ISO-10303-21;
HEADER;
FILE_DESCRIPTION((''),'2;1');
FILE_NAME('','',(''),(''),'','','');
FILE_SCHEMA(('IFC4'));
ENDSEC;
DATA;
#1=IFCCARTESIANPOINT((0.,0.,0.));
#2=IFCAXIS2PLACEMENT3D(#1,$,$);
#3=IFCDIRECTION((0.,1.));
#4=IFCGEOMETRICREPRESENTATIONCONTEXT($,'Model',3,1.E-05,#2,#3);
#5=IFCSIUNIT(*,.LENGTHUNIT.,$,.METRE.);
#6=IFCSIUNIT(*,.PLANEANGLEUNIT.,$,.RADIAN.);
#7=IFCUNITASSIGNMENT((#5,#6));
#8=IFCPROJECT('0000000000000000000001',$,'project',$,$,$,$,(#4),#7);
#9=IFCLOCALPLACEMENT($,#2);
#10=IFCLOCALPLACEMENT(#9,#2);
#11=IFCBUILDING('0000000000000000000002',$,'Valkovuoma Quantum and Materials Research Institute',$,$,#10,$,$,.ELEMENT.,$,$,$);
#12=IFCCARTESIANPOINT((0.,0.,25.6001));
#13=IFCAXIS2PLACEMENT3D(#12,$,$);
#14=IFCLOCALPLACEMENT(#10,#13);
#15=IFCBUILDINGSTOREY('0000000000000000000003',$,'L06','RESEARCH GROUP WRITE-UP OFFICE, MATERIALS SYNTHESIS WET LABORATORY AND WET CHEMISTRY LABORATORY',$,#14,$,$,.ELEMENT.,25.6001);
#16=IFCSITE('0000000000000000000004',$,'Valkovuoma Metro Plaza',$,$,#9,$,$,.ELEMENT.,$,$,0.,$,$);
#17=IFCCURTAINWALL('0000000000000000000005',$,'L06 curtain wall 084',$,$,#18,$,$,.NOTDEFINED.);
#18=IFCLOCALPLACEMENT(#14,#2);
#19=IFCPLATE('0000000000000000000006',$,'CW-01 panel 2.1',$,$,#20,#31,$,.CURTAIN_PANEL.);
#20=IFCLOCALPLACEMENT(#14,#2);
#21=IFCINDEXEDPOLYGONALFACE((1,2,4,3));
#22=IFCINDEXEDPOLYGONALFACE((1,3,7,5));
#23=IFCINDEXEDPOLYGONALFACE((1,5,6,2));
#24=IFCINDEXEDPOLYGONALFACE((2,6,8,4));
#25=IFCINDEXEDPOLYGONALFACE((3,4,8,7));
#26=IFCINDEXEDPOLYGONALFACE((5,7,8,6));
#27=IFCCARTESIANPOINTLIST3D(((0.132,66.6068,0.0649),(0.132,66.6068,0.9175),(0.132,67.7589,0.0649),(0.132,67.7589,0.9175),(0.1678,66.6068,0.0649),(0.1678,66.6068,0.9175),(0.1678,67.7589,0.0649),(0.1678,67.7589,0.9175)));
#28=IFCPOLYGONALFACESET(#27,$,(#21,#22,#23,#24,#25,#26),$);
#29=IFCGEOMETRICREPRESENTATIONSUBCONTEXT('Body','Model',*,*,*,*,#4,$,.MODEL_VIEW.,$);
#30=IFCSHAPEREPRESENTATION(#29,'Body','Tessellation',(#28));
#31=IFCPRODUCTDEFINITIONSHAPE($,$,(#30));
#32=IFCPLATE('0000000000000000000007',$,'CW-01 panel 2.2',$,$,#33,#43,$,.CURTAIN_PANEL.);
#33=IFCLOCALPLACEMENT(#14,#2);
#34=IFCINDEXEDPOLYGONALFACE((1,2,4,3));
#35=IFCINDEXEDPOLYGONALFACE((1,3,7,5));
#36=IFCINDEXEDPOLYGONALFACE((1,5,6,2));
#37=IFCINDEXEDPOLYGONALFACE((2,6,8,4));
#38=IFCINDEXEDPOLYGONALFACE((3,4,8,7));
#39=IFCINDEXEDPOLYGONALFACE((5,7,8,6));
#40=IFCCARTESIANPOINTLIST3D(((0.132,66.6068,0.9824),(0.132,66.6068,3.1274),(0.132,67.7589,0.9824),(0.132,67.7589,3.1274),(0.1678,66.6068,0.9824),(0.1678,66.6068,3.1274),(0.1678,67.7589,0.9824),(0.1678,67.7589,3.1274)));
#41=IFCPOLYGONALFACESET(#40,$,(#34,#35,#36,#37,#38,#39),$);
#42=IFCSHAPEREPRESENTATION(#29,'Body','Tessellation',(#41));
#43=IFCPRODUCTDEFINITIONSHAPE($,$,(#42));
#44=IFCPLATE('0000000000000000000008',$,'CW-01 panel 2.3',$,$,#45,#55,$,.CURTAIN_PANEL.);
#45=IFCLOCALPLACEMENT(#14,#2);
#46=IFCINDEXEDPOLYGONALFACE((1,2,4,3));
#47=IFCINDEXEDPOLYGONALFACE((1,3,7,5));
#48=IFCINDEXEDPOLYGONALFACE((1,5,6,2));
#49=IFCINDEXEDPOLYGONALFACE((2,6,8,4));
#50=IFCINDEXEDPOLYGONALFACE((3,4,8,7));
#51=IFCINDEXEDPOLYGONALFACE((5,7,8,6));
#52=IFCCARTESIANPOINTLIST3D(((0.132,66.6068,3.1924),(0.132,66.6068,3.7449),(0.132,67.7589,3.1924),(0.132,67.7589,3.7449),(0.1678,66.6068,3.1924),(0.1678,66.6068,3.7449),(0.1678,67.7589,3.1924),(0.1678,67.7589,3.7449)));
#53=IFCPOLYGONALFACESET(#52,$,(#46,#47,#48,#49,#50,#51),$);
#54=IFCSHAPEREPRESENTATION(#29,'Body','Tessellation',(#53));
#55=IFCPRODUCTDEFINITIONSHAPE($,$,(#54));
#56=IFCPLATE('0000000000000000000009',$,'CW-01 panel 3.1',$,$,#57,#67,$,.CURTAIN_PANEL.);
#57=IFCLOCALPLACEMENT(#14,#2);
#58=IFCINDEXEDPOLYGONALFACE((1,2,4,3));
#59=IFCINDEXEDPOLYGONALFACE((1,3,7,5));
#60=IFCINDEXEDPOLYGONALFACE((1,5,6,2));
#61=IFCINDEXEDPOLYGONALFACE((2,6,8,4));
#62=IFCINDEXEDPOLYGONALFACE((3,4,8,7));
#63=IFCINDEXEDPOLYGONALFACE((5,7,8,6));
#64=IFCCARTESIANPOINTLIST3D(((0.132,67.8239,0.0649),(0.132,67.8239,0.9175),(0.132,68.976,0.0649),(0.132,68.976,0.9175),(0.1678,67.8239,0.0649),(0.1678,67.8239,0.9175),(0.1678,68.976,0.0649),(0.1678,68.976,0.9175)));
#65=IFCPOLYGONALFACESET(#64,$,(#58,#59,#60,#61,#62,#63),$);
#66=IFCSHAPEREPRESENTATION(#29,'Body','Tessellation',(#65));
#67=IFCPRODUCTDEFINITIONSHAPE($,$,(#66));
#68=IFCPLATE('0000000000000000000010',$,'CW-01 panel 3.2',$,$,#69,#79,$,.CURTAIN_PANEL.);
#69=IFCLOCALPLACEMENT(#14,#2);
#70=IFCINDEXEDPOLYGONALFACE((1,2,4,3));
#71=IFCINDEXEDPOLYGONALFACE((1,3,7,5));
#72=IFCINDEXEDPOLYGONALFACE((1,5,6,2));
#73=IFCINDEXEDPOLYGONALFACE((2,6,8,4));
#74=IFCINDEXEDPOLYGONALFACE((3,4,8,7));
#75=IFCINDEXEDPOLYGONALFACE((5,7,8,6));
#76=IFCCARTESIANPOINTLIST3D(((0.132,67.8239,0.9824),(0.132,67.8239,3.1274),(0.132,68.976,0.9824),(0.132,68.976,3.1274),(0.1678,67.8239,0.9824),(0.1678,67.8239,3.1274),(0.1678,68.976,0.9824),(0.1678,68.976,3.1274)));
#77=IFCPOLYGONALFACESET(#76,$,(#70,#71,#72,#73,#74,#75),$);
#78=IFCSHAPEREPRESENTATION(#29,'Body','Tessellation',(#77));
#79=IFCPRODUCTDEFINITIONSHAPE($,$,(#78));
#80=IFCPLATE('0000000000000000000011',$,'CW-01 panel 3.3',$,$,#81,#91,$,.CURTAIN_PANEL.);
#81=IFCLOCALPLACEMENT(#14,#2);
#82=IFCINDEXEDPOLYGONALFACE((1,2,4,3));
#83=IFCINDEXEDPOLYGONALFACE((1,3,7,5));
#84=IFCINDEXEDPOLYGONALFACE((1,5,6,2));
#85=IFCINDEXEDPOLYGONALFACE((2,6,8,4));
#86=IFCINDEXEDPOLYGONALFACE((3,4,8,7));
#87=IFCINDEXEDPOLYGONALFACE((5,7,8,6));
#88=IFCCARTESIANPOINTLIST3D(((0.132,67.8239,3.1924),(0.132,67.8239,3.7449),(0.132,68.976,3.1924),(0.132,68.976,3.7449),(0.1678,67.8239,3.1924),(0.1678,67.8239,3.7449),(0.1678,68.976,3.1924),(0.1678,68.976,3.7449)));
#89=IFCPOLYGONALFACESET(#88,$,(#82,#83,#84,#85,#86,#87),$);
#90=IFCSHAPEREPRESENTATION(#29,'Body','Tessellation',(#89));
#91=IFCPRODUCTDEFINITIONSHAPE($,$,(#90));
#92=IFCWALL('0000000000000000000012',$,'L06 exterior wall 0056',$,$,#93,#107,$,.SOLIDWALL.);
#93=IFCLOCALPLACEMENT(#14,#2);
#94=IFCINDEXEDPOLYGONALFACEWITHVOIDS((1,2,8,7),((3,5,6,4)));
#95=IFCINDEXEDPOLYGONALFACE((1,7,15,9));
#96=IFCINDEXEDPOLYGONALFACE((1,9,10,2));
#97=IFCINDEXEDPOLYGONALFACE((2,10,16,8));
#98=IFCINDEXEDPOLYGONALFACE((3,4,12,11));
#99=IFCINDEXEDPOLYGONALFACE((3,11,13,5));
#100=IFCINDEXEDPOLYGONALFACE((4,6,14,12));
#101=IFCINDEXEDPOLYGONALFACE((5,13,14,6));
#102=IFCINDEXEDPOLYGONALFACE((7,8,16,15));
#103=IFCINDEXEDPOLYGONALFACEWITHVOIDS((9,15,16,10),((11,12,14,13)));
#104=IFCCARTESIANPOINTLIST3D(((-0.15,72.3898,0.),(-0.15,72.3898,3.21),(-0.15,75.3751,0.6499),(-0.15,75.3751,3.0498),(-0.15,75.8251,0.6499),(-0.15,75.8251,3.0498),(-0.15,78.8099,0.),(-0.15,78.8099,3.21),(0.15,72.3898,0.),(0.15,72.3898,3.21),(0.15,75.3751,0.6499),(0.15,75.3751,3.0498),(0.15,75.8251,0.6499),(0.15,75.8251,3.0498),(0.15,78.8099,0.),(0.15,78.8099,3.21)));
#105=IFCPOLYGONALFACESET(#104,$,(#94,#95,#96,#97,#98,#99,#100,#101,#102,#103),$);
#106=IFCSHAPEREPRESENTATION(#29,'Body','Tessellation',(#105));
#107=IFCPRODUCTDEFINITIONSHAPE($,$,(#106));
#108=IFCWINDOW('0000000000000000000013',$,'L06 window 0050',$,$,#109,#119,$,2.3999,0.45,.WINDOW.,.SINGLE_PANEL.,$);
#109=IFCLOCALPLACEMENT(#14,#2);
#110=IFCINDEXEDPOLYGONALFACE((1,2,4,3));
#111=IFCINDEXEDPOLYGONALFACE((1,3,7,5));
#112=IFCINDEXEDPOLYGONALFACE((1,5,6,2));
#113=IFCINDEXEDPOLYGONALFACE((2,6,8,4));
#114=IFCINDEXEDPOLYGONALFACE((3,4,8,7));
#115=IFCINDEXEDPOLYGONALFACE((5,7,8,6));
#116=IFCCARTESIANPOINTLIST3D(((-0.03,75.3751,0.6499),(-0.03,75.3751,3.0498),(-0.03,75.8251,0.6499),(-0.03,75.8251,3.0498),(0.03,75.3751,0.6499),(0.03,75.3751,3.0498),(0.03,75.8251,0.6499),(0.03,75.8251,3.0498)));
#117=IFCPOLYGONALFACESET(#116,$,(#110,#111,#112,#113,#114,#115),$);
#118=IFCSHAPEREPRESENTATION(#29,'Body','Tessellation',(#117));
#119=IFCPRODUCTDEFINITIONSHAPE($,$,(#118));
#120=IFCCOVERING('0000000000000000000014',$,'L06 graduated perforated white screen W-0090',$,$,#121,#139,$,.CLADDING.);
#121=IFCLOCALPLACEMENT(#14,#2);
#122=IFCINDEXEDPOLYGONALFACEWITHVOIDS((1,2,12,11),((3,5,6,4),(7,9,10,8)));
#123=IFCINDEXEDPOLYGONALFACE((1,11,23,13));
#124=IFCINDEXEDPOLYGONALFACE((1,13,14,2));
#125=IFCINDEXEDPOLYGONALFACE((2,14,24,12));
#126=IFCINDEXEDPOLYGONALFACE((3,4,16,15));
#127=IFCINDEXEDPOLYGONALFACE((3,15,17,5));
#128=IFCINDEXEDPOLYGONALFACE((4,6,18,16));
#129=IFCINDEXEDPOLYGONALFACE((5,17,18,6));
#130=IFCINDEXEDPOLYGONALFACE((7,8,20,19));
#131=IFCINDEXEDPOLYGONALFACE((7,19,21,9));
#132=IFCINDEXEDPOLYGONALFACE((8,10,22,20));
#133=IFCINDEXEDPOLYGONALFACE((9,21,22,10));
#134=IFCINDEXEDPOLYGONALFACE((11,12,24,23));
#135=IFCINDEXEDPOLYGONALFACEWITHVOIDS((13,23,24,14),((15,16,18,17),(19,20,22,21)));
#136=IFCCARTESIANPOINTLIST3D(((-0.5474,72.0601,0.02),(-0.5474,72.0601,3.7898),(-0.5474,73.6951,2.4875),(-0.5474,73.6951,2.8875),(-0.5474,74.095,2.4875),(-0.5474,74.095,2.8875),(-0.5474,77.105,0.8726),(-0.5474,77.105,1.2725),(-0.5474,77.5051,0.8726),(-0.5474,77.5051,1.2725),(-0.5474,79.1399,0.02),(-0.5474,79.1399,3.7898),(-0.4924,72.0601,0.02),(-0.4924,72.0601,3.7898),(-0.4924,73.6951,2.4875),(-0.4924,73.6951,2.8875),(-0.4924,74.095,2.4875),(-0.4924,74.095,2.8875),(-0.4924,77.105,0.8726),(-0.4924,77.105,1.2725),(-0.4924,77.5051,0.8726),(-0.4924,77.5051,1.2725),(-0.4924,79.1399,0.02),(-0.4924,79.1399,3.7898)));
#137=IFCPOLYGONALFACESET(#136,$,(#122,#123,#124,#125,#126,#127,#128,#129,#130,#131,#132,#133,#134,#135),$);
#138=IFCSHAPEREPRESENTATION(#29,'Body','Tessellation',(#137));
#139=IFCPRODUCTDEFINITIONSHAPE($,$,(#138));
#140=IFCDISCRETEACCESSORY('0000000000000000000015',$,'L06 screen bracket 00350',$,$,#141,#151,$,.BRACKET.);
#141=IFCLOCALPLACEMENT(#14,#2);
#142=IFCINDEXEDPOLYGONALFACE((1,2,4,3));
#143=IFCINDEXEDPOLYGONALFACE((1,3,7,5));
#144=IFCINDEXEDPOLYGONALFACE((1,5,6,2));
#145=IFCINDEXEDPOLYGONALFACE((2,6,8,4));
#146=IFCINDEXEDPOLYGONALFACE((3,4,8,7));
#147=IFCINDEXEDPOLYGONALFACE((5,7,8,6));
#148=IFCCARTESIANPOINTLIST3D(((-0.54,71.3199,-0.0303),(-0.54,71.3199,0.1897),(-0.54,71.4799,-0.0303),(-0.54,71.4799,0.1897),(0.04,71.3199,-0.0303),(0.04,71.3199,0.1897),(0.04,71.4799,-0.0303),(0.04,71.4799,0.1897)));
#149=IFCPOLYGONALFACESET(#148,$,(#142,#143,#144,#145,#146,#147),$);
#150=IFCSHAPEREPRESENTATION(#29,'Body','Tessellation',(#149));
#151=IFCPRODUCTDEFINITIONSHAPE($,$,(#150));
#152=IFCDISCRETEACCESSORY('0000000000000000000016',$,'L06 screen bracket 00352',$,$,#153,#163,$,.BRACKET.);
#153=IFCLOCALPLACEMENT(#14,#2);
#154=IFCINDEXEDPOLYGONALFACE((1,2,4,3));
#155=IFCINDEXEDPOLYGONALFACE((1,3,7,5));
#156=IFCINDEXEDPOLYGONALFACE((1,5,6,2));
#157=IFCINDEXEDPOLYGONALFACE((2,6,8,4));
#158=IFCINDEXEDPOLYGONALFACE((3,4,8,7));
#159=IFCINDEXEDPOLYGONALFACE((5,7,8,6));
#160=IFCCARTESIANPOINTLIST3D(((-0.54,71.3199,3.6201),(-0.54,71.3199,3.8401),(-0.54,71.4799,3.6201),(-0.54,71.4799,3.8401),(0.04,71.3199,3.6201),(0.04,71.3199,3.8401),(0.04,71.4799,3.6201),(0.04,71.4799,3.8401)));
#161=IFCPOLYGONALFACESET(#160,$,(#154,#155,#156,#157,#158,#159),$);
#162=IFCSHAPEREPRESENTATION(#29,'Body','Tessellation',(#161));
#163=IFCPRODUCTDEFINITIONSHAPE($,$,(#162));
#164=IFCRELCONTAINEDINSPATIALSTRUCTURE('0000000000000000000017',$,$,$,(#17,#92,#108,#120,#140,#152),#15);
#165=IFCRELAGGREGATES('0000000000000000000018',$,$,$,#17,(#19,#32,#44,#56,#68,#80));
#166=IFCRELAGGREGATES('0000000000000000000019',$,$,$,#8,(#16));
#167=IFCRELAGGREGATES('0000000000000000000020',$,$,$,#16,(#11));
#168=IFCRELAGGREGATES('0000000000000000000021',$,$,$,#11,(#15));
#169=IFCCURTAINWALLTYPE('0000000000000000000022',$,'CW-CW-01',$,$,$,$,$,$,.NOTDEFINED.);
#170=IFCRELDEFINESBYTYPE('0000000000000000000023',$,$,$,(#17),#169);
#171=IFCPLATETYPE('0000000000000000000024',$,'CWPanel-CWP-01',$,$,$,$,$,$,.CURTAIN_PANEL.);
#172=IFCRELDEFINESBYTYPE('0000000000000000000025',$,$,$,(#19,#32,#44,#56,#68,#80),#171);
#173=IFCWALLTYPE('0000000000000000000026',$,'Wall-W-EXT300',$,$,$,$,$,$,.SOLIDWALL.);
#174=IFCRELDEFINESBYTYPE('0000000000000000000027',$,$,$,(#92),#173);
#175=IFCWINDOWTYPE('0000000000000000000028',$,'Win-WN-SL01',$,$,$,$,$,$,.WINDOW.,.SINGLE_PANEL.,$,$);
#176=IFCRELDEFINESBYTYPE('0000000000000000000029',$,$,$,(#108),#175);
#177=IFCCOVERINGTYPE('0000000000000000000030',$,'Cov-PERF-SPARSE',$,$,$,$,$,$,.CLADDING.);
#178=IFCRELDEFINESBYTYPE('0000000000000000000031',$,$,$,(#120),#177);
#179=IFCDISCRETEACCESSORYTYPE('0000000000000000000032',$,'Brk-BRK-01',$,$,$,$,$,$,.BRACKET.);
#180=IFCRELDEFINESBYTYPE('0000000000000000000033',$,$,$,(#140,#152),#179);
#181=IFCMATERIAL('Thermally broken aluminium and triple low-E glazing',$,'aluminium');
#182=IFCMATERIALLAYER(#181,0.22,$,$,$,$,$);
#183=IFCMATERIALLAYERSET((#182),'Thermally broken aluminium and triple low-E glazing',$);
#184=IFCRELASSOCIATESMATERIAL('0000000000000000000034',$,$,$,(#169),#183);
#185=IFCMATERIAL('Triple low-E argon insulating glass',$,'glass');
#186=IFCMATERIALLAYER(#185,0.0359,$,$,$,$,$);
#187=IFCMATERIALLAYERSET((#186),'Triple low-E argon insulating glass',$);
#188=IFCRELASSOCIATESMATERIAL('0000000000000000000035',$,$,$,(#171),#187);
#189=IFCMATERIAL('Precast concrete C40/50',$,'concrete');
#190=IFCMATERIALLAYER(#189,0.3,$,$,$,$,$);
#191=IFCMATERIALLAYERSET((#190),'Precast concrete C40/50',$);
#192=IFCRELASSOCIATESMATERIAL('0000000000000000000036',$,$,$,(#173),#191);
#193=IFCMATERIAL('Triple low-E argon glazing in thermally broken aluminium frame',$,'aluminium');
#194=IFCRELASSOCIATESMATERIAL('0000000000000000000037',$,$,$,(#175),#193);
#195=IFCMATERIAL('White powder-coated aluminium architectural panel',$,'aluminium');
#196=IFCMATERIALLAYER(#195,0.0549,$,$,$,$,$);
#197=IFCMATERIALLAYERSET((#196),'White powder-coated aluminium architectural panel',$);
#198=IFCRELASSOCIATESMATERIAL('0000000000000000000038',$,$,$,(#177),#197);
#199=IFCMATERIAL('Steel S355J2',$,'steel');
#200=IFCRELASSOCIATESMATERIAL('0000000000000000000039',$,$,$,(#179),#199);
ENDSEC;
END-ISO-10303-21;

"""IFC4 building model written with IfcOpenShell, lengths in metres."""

from ifc_helpers import new_model, si_unit, direction, frame, frame_2d, origin, origin_2d, place, context, subcontext, project, spatial, polyline, rectangle, outline, extrude, material, layer, layer_set, type_object, element, fill, aggregate, save


model = new_model("IFC4")

# Units and contexts
model_context = context("Model", 3, precision=1e-05, world=origin(), true_north=direction((0.0, 1.0)))
body_context = subcontext(model_context, "Body", "Model", "MODEL_VIEW")
ifc_project = project(units=[si_unit("LENGTHUNIT", "METRE"), si_unit("PLANEANGLEUNIT", "RADIAN")], contexts=[model_context])

# Site, building, storey
site_placement = place(None, origin())
site = spatial("IfcSite", under=ifc_project, at=site_placement, Name="Valkovuoma Metro Plaza", CompositionType="ELEMENT", RefElevation=0.0)
building_placement = place(site_placement, origin())
building = spatial("IfcBuilding", under=site, at=building_placement, Name="Valkovuoma Quantum and Materials Research Institute", CompositionType="ELEMENT")
storey_placement = place(building_placement, frame((0.0, 0.0, 25.6001)))
storey = spatial("IfcBuildingStorey", under=building, at=storey_placement, Name="L06", Description="RESEARCH GROUP WRITE-UP OFFICE, MATERIALS SYNTHESIS WET LABORATORY AND WET CHEMISTRY LABORATORY", CompositionType="ELEMENT", Elevation=25.6001)

# Curtain wall, plates
ifc_material_1 = material(Name="Thermally broken aluminium and triple low-E glazing", Category="aluminium")
ifc_layer_1 = layer(ifc_material_1, 0.22)
ifc_layer_set_1 = layer_set([ifc_layer_1], Name="Thermally broken aluminium and triple low-E glazing")
curtain_wall_type = type_object("IfcCurtainWallType", Name="CW-CW-01", PredefinedType="NOTDEFINED", material=ifc_layer_set_1)
curtain_wall_placement = place(storey_placement, origin())
curtain_wall = element("IfcCurtainWall", 1, at=curtain_wall_placement, inside=storey, type_object=curtain_wall_type, Name="L06 curtain wall 084", PredefinedType="NOTDEFINED")
ifc_material_2 = material(Name="Triple low-E argon insulating glass", Category="glass")
ifc_layer_2 = layer(ifc_material_2, 0.0359)
ifc_layer_set_2 = layer_set([ifc_layer_2], Name="Triple low-E argon insulating glass")
plate_type = type_object("IfcPlateType", Name="CWPanel-CWP-01", PredefinedType="CURTAIN_PANEL", material=ifc_layer_set_2)
plate_1_placement = place(storey_placement, frame((0.1499, 67.1829, 0.0649), z_axis=(0.0, 0.0, 1.0), x_axis=(0.0, 1.0, 0.0)))
plate_1 = element("IfcPlate", 2, at=plate_1_placement, type_object=plate_type, Name="CW-01 panel 2.1", PredefinedType="CURTAIN_PANEL", context=body_context, shape_type="SweptSolid", body=[
    extrude(rectangle(XDim=1.1521, YDim=0.0359, at=origin_2d()), origin(), (0.0, 0.0, 1.0), 0.8525),
])
plate_2_placement = place(storey_placement, frame((0.1499, 67.1829, 0.9824), z_axis=(0.0, 0.0, 1.0), x_axis=(0.0, 1.0, 0.0)))
plate_2 = element("IfcPlate", 3, at=plate_2_placement, type_object=plate_type, Name="CW-01 panel 2.2", PredefinedType="CURTAIN_PANEL", context=body_context, shape_type="SweptSolid", body=[
    extrude(rectangle(XDim=1.1521, YDim=0.0359, at=origin_2d()), origin(), (0.0, 0.0, 1.0), 2.145),
])
plate_3_placement = place(storey_placement, frame((0.1499, 67.1829, 3.1924), z_axis=(0.0, 0.0, 1.0), x_axis=(0.0, 1.0, 0.0)))
plate_3 = element("IfcPlate", 4, at=plate_3_placement, type_object=plate_type, Name="CW-01 panel 2.3", PredefinedType="CURTAIN_PANEL", context=body_context, shape_type="SweptSolid", body=[
    extrude(rectangle(XDim=1.1521, YDim=0.0359, at=origin_2d()), origin(), (0.0, 0.0, 1.0), 0.5525),
])
plate_4_placement = place(storey_placement, frame((0.1499, 68.3999, 0.0649), z_axis=(0.0, 0.0, 1.0), x_axis=(0.0, 1.0, 0.0)))
plate_4 = element("IfcPlate", 5, at=plate_4_placement, type_object=plate_type, Name="CW-01 panel 3.1", PredefinedType="CURTAIN_PANEL", context=body_context, shape_type="SweptSolid", body=[
    extrude(rectangle(XDim=1.1521, YDim=0.0359, at=origin_2d()), origin(), (0.0, 0.0, 1.0), 0.8525),
])
plate_5_placement = place(storey_placement, frame((0.1499, 68.3999, 0.9824), z_axis=(0.0, 0.0, 1.0), x_axis=(0.0, 1.0, 0.0)))
plate_5 = element("IfcPlate", 6, at=plate_5_placement, type_object=plate_type, Name="CW-01 panel 3.2", PredefinedType="CURTAIN_PANEL", context=body_context, shape_type="SweptSolid", body=[
    extrude(rectangle(XDim=1.1521, YDim=0.0359, at=origin_2d()), origin(), (0.0, 0.0, 1.0), 2.145),
])
plate_6_placement = place(storey_placement, frame((0.1499, 68.3999, 3.1924), z_axis=(0.0, 0.0, 1.0), x_axis=(0.0, 1.0, 0.0)))
plate_6 = element("IfcPlate", 7, at=plate_6_placement, type_object=plate_type, Name="CW-01 panel 3.3", PredefinedType="CURTAIN_PANEL", context=body_context, shape_type="SweptSolid", body=[
    extrude(rectangle(XDim=1.1521, YDim=0.0359, at=origin_2d()), origin(), (0.0, 0.0, 1.0), 0.5525),
])
aggregate(curtain_wall, [plate_1, plate_2, plate_3, plate_4, plate_5, plate_6])

# Wall, opening, window
ifc_material_3 = material(Name="Precast concrete C40/50", Category="concrete")
ifc_layer_3 = layer(ifc_material_3, 0.3)
ifc_layer_set_3 = layer_set([ifc_layer_3], Name="Precast concrete C40/50")
wall_type = type_object("IfcWallType", Name="Wall-W-EXT300", PredefinedType="SOLIDWALL", material=ifc_layer_set_3)
wall_placement = place(storey_placement, frame((0.0, 72.3899, 0.0), z_axis=(0.0, 0.0, 1.0), x_axis=(0.0, 1.0, 0.0)))
wall = element("IfcWall", 8, at=wall_placement, inside=storey, type_object=wall_type, Name="L06 exterior wall 0056", PredefinedType="SOLIDWALL", context=body_context, shape_type="SweptSolid", body=[
    extrude(rectangle(XDim=6.4202, YDim=0.3, at=frame_2d((3.21, 0.0))), origin(), (0.0, 0.0, 1.0), 3.21),
])
opening_placement = place(wall_placement, frame((2.9851, 0.0, 0.6499)))
opening = element("IfcOpeningElement", 9, at=opening_placement, cuts=wall, PredefinedType="OPENING", context=body_context, shape_type="SweptSolid", body=[
    extrude(rectangle(XDim=0.45, YDim=2.3999, at=frame_2d((0.2251, 1.2))), frame((0.0, 0.1602, 0.0), z_axis=(0.0, -1.0, 0.0), x_axis=(1.0, 0.0, 0.0)), (0.0, 0.0, 1.0), 0.3201),
])
ifc_material_4 = material(Name="Triple low-E argon glazing in thermally broken aluminium frame", Category="aluminium")
window_type = type_object("IfcWindowType", Name="Win-WN-SL01", PartitioningType="SINGLE_PANEL", PredefinedType="WINDOW", material=ifc_material_4)
window_placement = place(opening_placement, origin())
window = element("IfcWindow", 10, at=window_placement, inside=storey, type_object=window_type, Name="L06 window 0050", OverallHeight=2.3999, OverallWidth=0.45, PartitioningType="SINGLE_PANEL", PredefinedType="WINDOW", context=body_context, shape_type="SweptSolid", body=[
    extrude(rectangle(XDim=0.45, YDim=2.3999, at=frame_2d((0.2251, 1.2))), frame((0.0, 0.03, 0.0), z_axis=(0.0, -1.0, 0.0), x_axis=(1.0, 0.0, 0.0)), (0.0, 0.0, 1.0), 0.0601),
])
fill(opening, window)

# Covering
ifc_material_5 = material(Name="White powder-coated aluminium architectural panel", Category="aluminium")
ifc_layer_4 = layer(ifc_material_5, 0.0549)
ifc_layer_set_4 = layer_set([ifc_layer_4], Name="White powder-coated aluminium architectural panel")
covering_type = type_object("IfcCoveringType", Name="Cov-PERF-SPARSE", PredefinedType="CLADDING", material=ifc_layer_set_4)
covering_placement = place(storey_placement, frame((-0.52, 72.0601, 0.02), z_axis=(0.0, 0.0, 1.0), x_axis=(0.0, 1.0, 0.0)))
element("IfcCovering", 11, at=covering_placement, inside=storey, type_object=covering_type, Name="L06 graduated perforated white screen W-0090", PredefinedType="CLADDING", context=body_context, shape_type="SweptSolid", body=[
    extrude(outline(polyline([(0.0, 0.0), (7.0798, 0.0), (7.0798, 3.7698), (0.0, 3.7698), (0.0, 0.0)]), holes=[polyline([(1.635, 2.4675), (1.635, 2.8674), (2.0349, 2.8674), (2.0349, 2.4675), (1.635, 2.4675)]), polyline([(5.0449, 0.8525), (5.0449, 1.2524), (5.4451, 1.2524), (5.4451, 0.8525), (5.0449, 0.8525)])]), frame((0.0, 0.0273, 0.0), z_axis=(0.0, -1.0, 0.0), x_axis=(1.0, 0.0, 0.0)), (0.0, 0.0, 1.0), 0.0549),
])

# Discrete accessories
ifc_material_6 = material(Name="Steel S355J2", Category="steel")
discrete_accessory_type = type_object("IfcDiscreteAccessoryType", Name="Brk-BRK-01", PredefinedType="BRACKET", material=ifc_material_6)
for number, where, z_axis, x_axis, name in (
    (12, (-0.25, 71.3999, -0.0303), (0.0, 0.0, 1.0), (1.0, 0.0, 0.0), "L06 screen bracket 00350"),
    (13, (-0.25, 71.3999, 3.6201), (0.0, 0.0, 1.0), (1.0, 0.0, 0.0), "L06 screen bracket 00352"),
):
    element("IfcDiscreteAccessory", number, at=place(storey_placement, frame(where, z_axis=z_axis, x_axis=x_axis)), inside=storey, type_object=discrete_accessory_type, Name=name, PredefinedType="BRACKET", context=body_context, shape_type="SweptSolid", body=[
        extrude(rectangle(XDim=0.5801, YDim=0.1599, at=origin_2d()), origin(), (0.0, 0.0, 1.0), 0.22),
    ])

save(model, "model.ifc")
